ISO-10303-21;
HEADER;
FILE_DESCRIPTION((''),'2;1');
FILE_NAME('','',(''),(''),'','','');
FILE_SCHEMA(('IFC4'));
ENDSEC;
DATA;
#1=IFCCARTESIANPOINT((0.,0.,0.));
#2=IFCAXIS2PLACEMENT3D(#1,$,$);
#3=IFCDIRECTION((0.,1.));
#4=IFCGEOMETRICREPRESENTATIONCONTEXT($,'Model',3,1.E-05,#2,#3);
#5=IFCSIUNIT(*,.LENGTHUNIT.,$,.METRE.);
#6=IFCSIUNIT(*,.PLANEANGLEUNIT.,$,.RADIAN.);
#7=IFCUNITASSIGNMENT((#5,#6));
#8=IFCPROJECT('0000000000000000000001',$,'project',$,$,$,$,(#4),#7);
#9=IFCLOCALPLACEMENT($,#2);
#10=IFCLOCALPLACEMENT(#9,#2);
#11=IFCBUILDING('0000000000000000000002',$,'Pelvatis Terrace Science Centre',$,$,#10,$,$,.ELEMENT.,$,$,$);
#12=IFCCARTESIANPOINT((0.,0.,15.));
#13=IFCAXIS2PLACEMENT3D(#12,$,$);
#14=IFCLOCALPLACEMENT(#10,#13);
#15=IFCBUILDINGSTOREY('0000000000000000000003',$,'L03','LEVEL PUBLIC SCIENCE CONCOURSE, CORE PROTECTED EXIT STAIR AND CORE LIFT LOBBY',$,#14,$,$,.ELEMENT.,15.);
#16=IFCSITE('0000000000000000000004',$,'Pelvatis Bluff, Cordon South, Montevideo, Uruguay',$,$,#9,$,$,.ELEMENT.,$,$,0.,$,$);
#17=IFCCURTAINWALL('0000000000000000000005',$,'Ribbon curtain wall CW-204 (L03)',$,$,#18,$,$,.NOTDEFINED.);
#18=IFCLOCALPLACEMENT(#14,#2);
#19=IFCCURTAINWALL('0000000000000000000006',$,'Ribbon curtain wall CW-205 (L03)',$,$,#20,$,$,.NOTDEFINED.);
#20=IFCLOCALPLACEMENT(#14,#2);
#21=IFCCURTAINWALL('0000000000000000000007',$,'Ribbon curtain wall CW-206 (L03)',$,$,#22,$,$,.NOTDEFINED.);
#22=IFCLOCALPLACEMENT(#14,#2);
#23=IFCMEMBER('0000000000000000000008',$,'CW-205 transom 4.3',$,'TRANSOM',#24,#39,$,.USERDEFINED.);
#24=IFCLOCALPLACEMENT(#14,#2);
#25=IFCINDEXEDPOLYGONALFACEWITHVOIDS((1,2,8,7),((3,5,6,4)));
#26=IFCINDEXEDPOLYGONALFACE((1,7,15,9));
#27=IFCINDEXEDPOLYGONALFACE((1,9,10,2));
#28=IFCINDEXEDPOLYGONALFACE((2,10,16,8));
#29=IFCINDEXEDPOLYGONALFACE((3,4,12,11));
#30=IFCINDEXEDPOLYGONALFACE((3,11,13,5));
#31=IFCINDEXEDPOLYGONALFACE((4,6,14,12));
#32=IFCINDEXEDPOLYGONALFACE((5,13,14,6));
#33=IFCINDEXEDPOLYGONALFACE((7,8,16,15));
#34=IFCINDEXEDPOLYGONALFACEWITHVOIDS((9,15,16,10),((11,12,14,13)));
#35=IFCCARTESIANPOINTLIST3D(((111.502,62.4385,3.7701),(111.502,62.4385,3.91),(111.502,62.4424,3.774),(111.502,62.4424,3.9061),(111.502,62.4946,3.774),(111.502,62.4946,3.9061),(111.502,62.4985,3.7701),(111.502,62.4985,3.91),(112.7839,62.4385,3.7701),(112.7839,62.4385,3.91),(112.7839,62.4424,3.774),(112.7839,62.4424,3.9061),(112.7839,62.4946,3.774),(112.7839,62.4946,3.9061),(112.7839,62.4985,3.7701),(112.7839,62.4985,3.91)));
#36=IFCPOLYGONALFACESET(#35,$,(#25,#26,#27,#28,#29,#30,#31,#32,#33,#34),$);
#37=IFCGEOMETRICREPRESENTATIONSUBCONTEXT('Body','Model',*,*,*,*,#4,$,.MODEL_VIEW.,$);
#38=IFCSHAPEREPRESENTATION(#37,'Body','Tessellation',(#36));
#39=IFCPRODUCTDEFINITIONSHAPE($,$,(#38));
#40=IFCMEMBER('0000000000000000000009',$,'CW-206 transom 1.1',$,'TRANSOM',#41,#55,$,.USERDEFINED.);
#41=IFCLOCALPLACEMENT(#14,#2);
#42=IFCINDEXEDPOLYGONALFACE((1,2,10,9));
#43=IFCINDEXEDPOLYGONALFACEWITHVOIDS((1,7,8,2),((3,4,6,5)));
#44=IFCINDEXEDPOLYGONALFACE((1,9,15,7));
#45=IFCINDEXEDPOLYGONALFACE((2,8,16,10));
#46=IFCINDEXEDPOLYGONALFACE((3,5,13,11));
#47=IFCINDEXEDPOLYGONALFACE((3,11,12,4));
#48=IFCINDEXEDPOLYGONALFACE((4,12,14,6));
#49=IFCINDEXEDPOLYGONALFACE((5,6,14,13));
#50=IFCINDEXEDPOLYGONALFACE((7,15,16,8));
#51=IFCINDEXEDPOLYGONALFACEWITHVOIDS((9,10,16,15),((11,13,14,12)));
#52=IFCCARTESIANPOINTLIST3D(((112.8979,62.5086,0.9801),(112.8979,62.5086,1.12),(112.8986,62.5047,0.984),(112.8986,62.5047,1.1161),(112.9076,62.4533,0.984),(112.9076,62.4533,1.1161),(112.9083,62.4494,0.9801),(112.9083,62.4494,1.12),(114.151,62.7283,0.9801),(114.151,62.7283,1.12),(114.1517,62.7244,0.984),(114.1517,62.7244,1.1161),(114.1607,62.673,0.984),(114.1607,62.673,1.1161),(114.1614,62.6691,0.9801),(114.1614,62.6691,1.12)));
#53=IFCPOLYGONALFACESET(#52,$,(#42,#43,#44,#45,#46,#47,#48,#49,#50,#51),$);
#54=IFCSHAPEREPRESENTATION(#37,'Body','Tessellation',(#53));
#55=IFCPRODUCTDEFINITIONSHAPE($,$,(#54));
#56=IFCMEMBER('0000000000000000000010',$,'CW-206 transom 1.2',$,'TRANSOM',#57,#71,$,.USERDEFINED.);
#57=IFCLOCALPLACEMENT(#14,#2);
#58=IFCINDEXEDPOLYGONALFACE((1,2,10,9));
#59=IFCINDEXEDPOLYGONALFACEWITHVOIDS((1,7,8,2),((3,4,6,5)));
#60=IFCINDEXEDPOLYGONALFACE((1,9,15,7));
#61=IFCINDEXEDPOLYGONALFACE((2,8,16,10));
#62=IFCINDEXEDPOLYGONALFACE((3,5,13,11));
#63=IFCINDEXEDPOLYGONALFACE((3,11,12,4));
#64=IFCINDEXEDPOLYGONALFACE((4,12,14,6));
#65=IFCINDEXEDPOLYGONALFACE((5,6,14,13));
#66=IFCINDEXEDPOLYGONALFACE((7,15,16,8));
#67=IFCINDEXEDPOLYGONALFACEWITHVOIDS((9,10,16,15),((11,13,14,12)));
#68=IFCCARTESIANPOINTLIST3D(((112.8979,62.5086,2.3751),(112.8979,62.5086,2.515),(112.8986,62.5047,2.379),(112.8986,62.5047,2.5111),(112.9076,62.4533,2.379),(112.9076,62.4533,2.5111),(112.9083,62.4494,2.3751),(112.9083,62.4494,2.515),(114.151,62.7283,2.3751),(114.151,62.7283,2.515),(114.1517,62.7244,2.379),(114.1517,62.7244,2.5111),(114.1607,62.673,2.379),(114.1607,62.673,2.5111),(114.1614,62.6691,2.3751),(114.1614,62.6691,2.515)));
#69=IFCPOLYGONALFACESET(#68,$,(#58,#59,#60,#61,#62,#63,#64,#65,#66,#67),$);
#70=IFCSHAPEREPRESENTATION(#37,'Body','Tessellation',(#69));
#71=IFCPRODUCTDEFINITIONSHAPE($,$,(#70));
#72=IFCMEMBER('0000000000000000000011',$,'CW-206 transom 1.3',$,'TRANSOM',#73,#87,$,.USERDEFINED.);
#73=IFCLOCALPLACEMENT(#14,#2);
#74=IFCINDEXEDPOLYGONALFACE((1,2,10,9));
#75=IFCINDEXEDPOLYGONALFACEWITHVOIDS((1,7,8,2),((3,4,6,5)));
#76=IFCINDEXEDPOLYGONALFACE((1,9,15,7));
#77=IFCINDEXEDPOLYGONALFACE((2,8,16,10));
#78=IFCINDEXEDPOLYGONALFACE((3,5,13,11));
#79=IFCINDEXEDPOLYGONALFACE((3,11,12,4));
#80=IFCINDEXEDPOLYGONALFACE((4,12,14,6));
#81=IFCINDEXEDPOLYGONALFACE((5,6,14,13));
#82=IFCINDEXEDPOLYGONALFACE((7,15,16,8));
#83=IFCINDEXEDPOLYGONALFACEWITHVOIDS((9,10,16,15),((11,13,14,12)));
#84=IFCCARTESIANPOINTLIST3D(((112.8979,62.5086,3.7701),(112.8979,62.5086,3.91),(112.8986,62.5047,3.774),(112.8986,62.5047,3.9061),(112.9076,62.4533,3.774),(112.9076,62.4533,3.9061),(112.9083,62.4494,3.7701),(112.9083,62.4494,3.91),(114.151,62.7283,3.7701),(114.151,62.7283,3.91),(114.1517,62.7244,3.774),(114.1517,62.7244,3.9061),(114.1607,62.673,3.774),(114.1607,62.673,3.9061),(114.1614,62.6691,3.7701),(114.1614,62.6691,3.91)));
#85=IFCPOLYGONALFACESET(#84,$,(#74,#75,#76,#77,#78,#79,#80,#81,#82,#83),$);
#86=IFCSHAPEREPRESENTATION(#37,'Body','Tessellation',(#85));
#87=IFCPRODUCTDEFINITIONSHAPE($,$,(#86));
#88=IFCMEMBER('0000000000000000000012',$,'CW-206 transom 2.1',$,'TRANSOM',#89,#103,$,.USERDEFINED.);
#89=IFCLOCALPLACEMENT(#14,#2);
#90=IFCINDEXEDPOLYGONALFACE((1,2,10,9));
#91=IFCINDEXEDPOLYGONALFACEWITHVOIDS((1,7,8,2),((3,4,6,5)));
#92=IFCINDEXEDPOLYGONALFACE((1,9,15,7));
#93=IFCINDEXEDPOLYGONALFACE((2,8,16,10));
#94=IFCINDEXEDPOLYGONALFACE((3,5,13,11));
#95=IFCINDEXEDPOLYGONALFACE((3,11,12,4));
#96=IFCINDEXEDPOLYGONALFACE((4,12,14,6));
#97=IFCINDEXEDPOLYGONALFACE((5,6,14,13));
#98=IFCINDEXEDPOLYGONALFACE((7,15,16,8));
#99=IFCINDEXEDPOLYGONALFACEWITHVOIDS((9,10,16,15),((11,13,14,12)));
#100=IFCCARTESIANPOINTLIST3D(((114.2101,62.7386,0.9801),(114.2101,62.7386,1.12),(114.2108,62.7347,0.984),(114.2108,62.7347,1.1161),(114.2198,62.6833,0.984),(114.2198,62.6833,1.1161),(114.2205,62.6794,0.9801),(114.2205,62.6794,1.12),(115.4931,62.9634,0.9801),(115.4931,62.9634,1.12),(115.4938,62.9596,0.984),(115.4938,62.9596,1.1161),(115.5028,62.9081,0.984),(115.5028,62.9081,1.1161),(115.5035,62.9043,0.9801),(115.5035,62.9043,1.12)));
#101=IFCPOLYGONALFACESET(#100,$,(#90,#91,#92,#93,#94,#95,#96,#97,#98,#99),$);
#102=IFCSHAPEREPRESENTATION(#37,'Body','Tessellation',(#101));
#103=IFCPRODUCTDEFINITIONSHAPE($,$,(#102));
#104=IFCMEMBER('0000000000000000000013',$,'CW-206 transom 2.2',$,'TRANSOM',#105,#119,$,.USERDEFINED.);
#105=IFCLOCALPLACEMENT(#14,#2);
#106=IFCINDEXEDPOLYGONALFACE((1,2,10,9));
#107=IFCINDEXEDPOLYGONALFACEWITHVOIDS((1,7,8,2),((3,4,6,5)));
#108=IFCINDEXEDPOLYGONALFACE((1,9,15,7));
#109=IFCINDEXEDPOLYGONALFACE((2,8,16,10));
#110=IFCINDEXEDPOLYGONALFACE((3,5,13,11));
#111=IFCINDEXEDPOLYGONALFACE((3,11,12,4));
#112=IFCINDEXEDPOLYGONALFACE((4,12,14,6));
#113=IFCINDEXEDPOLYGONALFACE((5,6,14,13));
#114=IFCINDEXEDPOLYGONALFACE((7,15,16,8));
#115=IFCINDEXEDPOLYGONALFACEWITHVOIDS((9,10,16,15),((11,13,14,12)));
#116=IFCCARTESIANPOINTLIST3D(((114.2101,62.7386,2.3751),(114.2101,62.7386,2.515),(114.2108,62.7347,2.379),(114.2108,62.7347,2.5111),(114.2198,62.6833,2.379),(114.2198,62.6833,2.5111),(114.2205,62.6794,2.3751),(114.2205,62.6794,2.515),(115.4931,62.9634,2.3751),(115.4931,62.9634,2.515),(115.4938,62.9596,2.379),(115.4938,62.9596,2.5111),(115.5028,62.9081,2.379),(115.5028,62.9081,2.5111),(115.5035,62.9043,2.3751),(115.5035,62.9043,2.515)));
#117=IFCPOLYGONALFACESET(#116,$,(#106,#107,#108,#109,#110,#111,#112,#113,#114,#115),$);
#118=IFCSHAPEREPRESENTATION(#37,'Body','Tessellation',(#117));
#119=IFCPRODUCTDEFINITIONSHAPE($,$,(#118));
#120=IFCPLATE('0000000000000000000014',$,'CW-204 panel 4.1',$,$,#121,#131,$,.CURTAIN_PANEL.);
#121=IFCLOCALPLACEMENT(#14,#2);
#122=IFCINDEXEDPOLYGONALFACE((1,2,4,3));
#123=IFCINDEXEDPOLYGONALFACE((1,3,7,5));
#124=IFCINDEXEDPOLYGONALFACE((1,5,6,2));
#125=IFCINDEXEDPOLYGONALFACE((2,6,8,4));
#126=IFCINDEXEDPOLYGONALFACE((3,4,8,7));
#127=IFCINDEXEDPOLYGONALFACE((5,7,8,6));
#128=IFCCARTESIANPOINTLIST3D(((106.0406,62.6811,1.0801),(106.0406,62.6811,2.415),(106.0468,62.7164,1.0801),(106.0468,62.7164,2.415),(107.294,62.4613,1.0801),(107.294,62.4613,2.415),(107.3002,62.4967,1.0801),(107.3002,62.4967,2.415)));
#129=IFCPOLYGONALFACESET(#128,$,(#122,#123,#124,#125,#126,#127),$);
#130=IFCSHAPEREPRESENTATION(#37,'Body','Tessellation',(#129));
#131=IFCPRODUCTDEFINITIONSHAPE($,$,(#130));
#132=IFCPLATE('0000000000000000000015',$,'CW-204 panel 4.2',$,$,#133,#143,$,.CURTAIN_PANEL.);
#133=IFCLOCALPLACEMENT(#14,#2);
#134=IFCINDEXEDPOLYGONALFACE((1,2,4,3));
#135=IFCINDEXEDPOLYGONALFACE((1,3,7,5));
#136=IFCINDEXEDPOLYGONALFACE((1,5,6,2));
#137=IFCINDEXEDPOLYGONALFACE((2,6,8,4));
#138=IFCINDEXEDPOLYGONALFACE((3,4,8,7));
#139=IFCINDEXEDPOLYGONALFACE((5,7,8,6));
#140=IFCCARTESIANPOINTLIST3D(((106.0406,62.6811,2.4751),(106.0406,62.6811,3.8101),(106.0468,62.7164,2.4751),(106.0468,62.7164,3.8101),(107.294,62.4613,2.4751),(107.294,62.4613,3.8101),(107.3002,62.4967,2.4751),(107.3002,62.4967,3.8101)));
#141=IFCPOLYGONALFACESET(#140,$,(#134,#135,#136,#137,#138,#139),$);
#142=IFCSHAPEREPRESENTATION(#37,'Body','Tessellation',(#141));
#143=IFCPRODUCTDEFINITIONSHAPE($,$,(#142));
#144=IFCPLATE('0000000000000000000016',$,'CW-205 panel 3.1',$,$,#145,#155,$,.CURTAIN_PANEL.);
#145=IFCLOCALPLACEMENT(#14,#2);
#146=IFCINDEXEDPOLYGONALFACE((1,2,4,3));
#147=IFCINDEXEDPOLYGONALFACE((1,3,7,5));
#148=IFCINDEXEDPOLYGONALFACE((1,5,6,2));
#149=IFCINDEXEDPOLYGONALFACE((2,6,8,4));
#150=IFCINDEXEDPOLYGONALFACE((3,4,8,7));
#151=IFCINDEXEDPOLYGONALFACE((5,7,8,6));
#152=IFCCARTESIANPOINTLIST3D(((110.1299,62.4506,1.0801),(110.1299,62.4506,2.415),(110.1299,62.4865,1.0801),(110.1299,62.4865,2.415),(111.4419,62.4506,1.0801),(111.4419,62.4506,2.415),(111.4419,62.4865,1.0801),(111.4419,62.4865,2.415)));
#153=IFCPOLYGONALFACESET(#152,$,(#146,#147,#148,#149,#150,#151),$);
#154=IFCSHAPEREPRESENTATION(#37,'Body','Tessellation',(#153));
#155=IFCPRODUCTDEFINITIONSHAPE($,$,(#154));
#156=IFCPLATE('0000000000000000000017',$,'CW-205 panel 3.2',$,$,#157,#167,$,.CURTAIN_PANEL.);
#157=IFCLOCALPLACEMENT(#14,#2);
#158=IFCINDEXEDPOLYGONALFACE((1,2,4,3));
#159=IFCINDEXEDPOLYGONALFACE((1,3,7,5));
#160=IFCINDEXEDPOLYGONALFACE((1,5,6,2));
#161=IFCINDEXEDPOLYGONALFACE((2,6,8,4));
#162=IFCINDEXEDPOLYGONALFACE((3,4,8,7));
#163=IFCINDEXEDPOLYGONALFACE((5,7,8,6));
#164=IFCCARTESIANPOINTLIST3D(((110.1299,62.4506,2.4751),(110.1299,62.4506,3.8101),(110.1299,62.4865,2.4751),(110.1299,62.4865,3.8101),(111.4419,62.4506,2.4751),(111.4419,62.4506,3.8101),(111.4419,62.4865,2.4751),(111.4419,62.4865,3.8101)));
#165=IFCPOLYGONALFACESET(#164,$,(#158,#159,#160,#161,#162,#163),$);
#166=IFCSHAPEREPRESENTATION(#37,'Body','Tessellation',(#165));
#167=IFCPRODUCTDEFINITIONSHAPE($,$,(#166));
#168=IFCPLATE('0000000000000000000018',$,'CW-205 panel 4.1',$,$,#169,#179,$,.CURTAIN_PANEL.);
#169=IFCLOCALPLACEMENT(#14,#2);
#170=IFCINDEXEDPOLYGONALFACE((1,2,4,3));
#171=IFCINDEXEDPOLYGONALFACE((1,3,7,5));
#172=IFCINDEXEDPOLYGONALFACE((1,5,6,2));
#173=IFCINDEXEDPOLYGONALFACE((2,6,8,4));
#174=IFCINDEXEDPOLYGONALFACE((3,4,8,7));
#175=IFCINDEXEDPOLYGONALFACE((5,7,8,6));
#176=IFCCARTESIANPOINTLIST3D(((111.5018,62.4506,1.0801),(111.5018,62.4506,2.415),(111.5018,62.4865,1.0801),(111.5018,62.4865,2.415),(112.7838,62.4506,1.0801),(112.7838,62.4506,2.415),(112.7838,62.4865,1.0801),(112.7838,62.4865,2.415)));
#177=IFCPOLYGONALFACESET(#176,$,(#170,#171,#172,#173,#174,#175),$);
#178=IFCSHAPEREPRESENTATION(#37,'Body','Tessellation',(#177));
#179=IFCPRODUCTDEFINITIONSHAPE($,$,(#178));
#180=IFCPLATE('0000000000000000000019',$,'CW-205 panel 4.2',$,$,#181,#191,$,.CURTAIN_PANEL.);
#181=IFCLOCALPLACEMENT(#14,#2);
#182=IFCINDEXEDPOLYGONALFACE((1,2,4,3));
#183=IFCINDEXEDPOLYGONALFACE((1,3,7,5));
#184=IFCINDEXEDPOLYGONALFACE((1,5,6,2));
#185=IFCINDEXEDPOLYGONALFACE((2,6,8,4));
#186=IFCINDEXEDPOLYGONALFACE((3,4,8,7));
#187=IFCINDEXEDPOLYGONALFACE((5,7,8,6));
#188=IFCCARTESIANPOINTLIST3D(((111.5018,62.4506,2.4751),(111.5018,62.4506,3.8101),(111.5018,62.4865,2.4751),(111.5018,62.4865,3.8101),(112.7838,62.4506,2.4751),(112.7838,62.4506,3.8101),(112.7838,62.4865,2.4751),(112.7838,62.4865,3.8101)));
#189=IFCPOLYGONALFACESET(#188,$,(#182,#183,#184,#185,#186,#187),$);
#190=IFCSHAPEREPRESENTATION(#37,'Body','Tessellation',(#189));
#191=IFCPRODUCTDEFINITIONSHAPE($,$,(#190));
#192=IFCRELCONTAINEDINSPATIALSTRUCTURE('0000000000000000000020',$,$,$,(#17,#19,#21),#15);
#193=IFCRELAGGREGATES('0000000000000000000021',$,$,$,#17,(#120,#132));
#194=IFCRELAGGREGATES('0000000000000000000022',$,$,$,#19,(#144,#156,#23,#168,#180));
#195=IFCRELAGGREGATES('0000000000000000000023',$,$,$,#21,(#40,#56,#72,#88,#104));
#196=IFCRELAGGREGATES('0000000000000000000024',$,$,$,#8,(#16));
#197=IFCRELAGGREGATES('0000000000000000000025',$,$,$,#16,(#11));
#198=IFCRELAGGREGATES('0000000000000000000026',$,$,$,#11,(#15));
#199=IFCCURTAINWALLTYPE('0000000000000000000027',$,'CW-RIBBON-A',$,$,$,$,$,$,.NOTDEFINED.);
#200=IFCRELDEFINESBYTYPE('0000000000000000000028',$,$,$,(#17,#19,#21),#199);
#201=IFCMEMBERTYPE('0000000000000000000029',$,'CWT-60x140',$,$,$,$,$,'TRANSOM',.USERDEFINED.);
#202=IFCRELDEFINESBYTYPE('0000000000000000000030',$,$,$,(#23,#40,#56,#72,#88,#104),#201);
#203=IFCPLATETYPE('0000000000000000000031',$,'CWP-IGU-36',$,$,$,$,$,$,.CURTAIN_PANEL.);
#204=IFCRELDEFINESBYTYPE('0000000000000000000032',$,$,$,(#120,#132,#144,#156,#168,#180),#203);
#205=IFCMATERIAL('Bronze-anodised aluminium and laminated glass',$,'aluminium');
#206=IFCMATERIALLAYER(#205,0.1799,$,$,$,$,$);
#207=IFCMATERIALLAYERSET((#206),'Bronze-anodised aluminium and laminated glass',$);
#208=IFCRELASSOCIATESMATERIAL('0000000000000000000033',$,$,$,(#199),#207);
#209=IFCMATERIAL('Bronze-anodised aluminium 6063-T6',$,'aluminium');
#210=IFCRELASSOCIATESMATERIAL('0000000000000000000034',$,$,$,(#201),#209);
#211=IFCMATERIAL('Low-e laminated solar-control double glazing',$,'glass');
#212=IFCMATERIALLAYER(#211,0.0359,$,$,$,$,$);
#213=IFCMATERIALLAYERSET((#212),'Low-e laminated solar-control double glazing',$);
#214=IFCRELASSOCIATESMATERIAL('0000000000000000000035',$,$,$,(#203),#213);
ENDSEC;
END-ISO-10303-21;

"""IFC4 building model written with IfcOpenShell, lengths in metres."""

from ifc_helpers import new_model, si_unit, direction, frame, origin, origin_2d, place, context, subcontext, project, spatial, rectangle, hollow_rectangle, extrude, material, layer, layer_set, material_profile, profile_set, type_object, element, aggregate, save


model = new_model("IFC4")

# Units and contexts
model_context = context("Model", 3, precision=1e-05, world=origin(), true_north=direction((0.0, 1.0)))
body_context = subcontext(model_context, "Body", "Model", "MODEL_VIEW")
ifc_project = project(units=[si_unit("LENGTHUNIT", "METRE"), si_unit("PLANEANGLEUNIT", "RADIAN")], contexts=[model_context])

# Site, building, storey
site_placement = place(None, origin())
site = spatial("IfcSite", under=ifc_project, at=site_placement, Name="Pelvatis Bluff, Cordon South, Montevideo, Uruguay", CompositionType="ELEMENT", RefElevation=0.0)
building_placement = place(site_placement, origin())
building = spatial("IfcBuilding", under=site, at=building_placement, Name="Pelvatis Terrace Science Centre", CompositionType="ELEMENT")
storey_placement = place(building_placement, frame((0.0, 0.0, 15.0)))
storey = spatial("IfcBuildingStorey", under=building, at=storey_placement, Name="L03", Description="LEVEL PUBLIC SCIENCE CONCOURSE, CORE PROTECTED EXIT STAIR AND CORE LIFT LOBBY", CompositionType="ELEMENT", Elevation=15.0)

# Curtain walls
ifc_material_1 = material(Name="Bronze-anodised aluminium and laminated glass", Category="aluminium")
ifc_layer_1 = layer(ifc_material_1, 0.1799)
ifc_layer_set_1 = layer_set([ifc_layer_1], Name="Bronze-anodised aluminium and laminated glass")
curtain_wall_type = type_object("IfcCurtainWallType", Name="CW-RIBBON-A", PredefinedType="NOTDEFINED", material=ifc_layer_set_1)
curtain_wall_1_placement = place(storey_placement, origin())
curtain_wall_1 = element("IfcCurtainWall", 1, at=curtain_wall_1_placement, inside=storey, type_object=curtain_wall_type, Name="Ribbon curtain wall CW-204 (L03)", PredefinedType="NOTDEFINED")
curtain_wall_2_placement = place(storey_placement, origin())
curtain_wall_2 = element("IfcCurtainWall", 2, at=curtain_wall_2_placement, inside=storey, type_object=curtain_wall_type, Name="Ribbon curtain wall CW-205 (L03)", PredefinedType="NOTDEFINED")
curtain_wall_3_placement = place(storey_placement, origin())
curtain_wall_3 = element("IfcCurtainWall", 3, at=curtain_wall_3_placement, inside=storey, type_object=curtain_wall_type, Name="Ribbon curtain wall CW-206 (L03)", PredefinedType="NOTDEFINED")

# Members
ifc_material_2 = material(Name="Bronze-anodised aluminium 6063-T6", Category="aluminium")
ifc_material_profile_1 = material_profile(ifc_material_2, hollow_rectangle(XDim=0.0601, YDim=0.1399, WallThickness=0.0039, at=origin_2d()), Name="ALU-TRN 60x140")
ifc_profile_set_1 = profile_set([ifc_material_profile_1], Name="Bronze-anodised aluminium 6063-T6")
member_type_1 = type_object("IfcMemberType", Name="CWT-60x140", ElementType="TRANSOM", PredefinedType="USERDEFINED", material=ifc_profile_set_1)
member_1_placement = place(storey_placement, frame((111.502, 62.4685, 3.8401), z_axis=(1.0, 0.0, 0.0), x_axis=(0.0, 1.0, 0.0)))
member_1 = element("IfcMember", 4, at=member_1_placement, type_object=member_type_1, Name="CW-205 transom 4.3", ObjectType="TRANSOM", PredefinedType="USERDEFINED", context=body_context, shape_type="SweptSolid", body=[
    extrude(hollow_rectangle(XDim=0.0601, YDim=0.1399, WallThickness=0.0039, at=origin_2d()), origin(), (0.0, 0.0, 1.0), 1.282),
])
member_2_placement = place(storey_placement, frame((112.9031, 62.479, 1.05), z_axis=(0.984974, 0.172701, 0.0), x_axis=(-0.172701, 0.984974, 0.0)))
member_2 = element("IfcMember", 5, at=member_2_placement, type_object=member_type_1, Name="CW-206 transom 1.1", ObjectType="TRANSOM", PredefinedType="USERDEFINED", context=body_context, shape_type="SweptSolid", body=[
    extrude(hollow_rectangle(XDim=0.0601, YDim=0.1399, WallThickness=0.0039, at=origin_2d()), origin(), (0.0, 0.0, 1.0), 1.2722),
])
member_3_placement = place(storey_placement, frame((112.9031, 62.479, 2.4451), z_axis=(0.984974, 0.172701, 0.0), x_axis=(-0.172701, 0.984974, 0.0)))
member_3 = element("IfcMember", 6, at=member_3_placement, type_object=member_type_1, Name="CW-206 transom 1.2", ObjectType="TRANSOM", PredefinedType="USERDEFINED", context=body_context, shape_type="SweptSolid", body=[
    extrude(hollow_rectangle(XDim=0.0601, YDim=0.1399, WallThickness=0.0039, at=origin_2d()), origin(), (0.0, 0.0, 1.0), 1.2722),
])
member_4_placement = place(storey_placement, frame((112.9031, 62.479, 3.8401), z_axis=(0.984974, 0.172701, 0.0), x_axis=(-0.172701, 0.984974, 0.0)))
member_4 = element("IfcMember", 7, at=member_4_placement, type_object=member_type_1, Name="CW-206 transom 1.3", ObjectType="TRANSOM", PredefinedType="USERDEFINED", context=body_context, shape_type="SweptSolid", body=[
    extrude(hollow_rectangle(XDim=0.0601, YDim=0.1399, WallThickness=0.0039, at=origin_2d()), origin(), (0.0, 0.0, 1.0), 1.2722),
])
member_5_placement = place(storey_placement, frame((114.2153, 62.709, 1.05), z_axis=(0.984987, 0.17263, 0.0), x_axis=(-0.17263, 0.984987, 0.0)))
member_5 = element("IfcMember", 8, at=member_5_placement, type_object=member_type_1, Name="CW-206 transom 2.1", ObjectType="TRANSOM", PredefinedType="USERDEFINED", context=body_context, shape_type="SweptSolid", body=[
    extrude(hollow_rectangle(XDim=0.0601, YDim=0.1399, WallThickness=0.0039, at=origin_2d()), origin(), (0.0, 0.0, 1.0), 1.3025),
])
member_6_placement = place(storey_placement, frame((114.2153, 62.709, 2.4451), z_axis=(0.984987, 0.17263, 0.0), x_axis=(-0.17263, 0.984987, 0.0)))
member_6 = element("IfcMember", 9, at=member_6_placement, type_object=member_type_1, Name="CW-206 transom 2.2", ObjectType="TRANSOM", PredefinedType="USERDEFINED", context=body_context, shape_type="SweptSolid", body=[
    extrude(hollow_rectangle(XDim=0.0601, YDim=0.1399, WallThickness=0.0039, at=origin_2d()), origin(), (0.0, 0.0, 1.0), 1.3025),
])

# Plates
ifc_material_3 = material(Name="Low-e laminated solar-control double glazing", Category="glass")
ifc_layer_2 = layer(ifc_material_3, 0.0359)
ifc_layer_set_2 = layer_set([ifc_layer_2], Name="Low-e laminated solar-control double glazing")
plate_type = type_object("IfcPlateType", Name="CWP-IGU-36", PredefinedType="CURTAIN_PANEL", material=ifc_layer_set_2)
plate_1_placement = place(storey_placement, frame((106.6704, 62.5889, 1.0801), z_axis=(0.0, 0.0, 1.0), x_axis=(0.984979, -0.172671, 0.0)))
plate_1 = element("IfcPlate", 10, at=plate_1_placement, type_object=plate_type, Name="CW-204 panel 4.1", PredefinedType="CURTAIN_PANEL", context=body_context, shape_type="SweptSolid", body=[
    extrude(rectangle(XDim=1.2725, YDim=0.0359, at=origin_2d()), origin(), (0.0, 0.0, 1.0), 1.335),
])
plate_2_placement = place(storey_placement, frame((106.6704, 62.5889, 2.4751), z_axis=(0.0, 0.0, 1.0), x_axis=(0.984979, -0.172671, 0.0)))
plate_2 = element("IfcPlate", 11, at=plate_2_placement, type_object=plate_type, Name="CW-204 panel 4.2", PredefinedType="CURTAIN_PANEL", context=body_context, shape_type="SweptSolid", body=[
    extrude(rectangle(XDim=1.2725, YDim=0.0359, at=origin_2d()), origin(), (0.0, 0.0, 1.0), 1.335),
])
aggregate(curtain_wall_1, [plate_1, plate_2])
plate_3_placement = place(storey_placement, frame((110.7859, 62.4685, 1.0801), z_axis=(0.0, 0.0, 1.0), x_axis=(1.0, 0.0, 0.0)))
plate_3 = element("IfcPlate", 12, at=plate_3_placement, type_object=plate_type, Name="CW-205 panel 3.1", PredefinedType="CURTAIN_PANEL", context=body_context, shape_type="SweptSolid", body=[
    extrude(rectangle(XDim=1.312, YDim=0.0359, at=origin_2d()), origin(), (0.0, 0.0, 1.0), 1.335),
])
plate_4_placement = place(storey_placement, frame((110.7859, 62.4685, 2.4751), z_axis=(0.0, 0.0, 1.0), x_axis=(1.0, 0.0, 0.0)))
plate_4 = element("IfcPlate", 13, at=plate_4_placement, type_object=plate_type, Name="CW-205 panel 3.2", PredefinedType="CURTAIN_PANEL", context=body_context, shape_type="SweptSolid", body=[
    extrude(rectangle(XDim=1.312, YDim=0.0359, at=origin_2d()), origin(), (0.0, 0.0, 1.0), 1.335),
])
plate_5_placement = place(storey_placement, frame((112.1428, 62.4685, 1.0801), z_axis=(0.0, 0.0, 1.0), x_axis=(1.0, 0.0, 0.0)))
plate_5 = element("IfcPlate", 14, at=plate_5_placement, type_object=plate_type, Name="CW-205 panel 4.1", PredefinedType="CURTAIN_PANEL", context=body_context, shape_type="SweptSolid", body=[
    extrude(rectangle(XDim=1.282, YDim=0.0359, at=origin_2d()), origin(), (0.0, 0.0, 1.0), 1.335),
])
plate_6_placement = place(storey_placement, frame((112.1428, 62.4685, 2.4751), z_axis=(0.0, 0.0, 1.0), x_axis=(1.0, 0.0, 0.0)))
plate_6 = element("IfcPlate", 15, at=plate_6_placement, type_object=plate_type, Name="CW-205 panel 4.2", PredefinedType="CURTAIN_PANEL", context=body_context, shape_type="SweptSolid", body=[
    extrude(rectangle(XDim=1.282, YDim=0.0359, at=origin_2d()), origin(), (0.0, 0.0, 1.0), 1.335),
])
aggregate(curtain_wall_2, [plate_3, plate_4, member_1, plate_5, plate_6])
aggregate(curtain_wall_3, [member_2, member_3, member_4, member_5, member_6])

save(model, "model.ifc")
